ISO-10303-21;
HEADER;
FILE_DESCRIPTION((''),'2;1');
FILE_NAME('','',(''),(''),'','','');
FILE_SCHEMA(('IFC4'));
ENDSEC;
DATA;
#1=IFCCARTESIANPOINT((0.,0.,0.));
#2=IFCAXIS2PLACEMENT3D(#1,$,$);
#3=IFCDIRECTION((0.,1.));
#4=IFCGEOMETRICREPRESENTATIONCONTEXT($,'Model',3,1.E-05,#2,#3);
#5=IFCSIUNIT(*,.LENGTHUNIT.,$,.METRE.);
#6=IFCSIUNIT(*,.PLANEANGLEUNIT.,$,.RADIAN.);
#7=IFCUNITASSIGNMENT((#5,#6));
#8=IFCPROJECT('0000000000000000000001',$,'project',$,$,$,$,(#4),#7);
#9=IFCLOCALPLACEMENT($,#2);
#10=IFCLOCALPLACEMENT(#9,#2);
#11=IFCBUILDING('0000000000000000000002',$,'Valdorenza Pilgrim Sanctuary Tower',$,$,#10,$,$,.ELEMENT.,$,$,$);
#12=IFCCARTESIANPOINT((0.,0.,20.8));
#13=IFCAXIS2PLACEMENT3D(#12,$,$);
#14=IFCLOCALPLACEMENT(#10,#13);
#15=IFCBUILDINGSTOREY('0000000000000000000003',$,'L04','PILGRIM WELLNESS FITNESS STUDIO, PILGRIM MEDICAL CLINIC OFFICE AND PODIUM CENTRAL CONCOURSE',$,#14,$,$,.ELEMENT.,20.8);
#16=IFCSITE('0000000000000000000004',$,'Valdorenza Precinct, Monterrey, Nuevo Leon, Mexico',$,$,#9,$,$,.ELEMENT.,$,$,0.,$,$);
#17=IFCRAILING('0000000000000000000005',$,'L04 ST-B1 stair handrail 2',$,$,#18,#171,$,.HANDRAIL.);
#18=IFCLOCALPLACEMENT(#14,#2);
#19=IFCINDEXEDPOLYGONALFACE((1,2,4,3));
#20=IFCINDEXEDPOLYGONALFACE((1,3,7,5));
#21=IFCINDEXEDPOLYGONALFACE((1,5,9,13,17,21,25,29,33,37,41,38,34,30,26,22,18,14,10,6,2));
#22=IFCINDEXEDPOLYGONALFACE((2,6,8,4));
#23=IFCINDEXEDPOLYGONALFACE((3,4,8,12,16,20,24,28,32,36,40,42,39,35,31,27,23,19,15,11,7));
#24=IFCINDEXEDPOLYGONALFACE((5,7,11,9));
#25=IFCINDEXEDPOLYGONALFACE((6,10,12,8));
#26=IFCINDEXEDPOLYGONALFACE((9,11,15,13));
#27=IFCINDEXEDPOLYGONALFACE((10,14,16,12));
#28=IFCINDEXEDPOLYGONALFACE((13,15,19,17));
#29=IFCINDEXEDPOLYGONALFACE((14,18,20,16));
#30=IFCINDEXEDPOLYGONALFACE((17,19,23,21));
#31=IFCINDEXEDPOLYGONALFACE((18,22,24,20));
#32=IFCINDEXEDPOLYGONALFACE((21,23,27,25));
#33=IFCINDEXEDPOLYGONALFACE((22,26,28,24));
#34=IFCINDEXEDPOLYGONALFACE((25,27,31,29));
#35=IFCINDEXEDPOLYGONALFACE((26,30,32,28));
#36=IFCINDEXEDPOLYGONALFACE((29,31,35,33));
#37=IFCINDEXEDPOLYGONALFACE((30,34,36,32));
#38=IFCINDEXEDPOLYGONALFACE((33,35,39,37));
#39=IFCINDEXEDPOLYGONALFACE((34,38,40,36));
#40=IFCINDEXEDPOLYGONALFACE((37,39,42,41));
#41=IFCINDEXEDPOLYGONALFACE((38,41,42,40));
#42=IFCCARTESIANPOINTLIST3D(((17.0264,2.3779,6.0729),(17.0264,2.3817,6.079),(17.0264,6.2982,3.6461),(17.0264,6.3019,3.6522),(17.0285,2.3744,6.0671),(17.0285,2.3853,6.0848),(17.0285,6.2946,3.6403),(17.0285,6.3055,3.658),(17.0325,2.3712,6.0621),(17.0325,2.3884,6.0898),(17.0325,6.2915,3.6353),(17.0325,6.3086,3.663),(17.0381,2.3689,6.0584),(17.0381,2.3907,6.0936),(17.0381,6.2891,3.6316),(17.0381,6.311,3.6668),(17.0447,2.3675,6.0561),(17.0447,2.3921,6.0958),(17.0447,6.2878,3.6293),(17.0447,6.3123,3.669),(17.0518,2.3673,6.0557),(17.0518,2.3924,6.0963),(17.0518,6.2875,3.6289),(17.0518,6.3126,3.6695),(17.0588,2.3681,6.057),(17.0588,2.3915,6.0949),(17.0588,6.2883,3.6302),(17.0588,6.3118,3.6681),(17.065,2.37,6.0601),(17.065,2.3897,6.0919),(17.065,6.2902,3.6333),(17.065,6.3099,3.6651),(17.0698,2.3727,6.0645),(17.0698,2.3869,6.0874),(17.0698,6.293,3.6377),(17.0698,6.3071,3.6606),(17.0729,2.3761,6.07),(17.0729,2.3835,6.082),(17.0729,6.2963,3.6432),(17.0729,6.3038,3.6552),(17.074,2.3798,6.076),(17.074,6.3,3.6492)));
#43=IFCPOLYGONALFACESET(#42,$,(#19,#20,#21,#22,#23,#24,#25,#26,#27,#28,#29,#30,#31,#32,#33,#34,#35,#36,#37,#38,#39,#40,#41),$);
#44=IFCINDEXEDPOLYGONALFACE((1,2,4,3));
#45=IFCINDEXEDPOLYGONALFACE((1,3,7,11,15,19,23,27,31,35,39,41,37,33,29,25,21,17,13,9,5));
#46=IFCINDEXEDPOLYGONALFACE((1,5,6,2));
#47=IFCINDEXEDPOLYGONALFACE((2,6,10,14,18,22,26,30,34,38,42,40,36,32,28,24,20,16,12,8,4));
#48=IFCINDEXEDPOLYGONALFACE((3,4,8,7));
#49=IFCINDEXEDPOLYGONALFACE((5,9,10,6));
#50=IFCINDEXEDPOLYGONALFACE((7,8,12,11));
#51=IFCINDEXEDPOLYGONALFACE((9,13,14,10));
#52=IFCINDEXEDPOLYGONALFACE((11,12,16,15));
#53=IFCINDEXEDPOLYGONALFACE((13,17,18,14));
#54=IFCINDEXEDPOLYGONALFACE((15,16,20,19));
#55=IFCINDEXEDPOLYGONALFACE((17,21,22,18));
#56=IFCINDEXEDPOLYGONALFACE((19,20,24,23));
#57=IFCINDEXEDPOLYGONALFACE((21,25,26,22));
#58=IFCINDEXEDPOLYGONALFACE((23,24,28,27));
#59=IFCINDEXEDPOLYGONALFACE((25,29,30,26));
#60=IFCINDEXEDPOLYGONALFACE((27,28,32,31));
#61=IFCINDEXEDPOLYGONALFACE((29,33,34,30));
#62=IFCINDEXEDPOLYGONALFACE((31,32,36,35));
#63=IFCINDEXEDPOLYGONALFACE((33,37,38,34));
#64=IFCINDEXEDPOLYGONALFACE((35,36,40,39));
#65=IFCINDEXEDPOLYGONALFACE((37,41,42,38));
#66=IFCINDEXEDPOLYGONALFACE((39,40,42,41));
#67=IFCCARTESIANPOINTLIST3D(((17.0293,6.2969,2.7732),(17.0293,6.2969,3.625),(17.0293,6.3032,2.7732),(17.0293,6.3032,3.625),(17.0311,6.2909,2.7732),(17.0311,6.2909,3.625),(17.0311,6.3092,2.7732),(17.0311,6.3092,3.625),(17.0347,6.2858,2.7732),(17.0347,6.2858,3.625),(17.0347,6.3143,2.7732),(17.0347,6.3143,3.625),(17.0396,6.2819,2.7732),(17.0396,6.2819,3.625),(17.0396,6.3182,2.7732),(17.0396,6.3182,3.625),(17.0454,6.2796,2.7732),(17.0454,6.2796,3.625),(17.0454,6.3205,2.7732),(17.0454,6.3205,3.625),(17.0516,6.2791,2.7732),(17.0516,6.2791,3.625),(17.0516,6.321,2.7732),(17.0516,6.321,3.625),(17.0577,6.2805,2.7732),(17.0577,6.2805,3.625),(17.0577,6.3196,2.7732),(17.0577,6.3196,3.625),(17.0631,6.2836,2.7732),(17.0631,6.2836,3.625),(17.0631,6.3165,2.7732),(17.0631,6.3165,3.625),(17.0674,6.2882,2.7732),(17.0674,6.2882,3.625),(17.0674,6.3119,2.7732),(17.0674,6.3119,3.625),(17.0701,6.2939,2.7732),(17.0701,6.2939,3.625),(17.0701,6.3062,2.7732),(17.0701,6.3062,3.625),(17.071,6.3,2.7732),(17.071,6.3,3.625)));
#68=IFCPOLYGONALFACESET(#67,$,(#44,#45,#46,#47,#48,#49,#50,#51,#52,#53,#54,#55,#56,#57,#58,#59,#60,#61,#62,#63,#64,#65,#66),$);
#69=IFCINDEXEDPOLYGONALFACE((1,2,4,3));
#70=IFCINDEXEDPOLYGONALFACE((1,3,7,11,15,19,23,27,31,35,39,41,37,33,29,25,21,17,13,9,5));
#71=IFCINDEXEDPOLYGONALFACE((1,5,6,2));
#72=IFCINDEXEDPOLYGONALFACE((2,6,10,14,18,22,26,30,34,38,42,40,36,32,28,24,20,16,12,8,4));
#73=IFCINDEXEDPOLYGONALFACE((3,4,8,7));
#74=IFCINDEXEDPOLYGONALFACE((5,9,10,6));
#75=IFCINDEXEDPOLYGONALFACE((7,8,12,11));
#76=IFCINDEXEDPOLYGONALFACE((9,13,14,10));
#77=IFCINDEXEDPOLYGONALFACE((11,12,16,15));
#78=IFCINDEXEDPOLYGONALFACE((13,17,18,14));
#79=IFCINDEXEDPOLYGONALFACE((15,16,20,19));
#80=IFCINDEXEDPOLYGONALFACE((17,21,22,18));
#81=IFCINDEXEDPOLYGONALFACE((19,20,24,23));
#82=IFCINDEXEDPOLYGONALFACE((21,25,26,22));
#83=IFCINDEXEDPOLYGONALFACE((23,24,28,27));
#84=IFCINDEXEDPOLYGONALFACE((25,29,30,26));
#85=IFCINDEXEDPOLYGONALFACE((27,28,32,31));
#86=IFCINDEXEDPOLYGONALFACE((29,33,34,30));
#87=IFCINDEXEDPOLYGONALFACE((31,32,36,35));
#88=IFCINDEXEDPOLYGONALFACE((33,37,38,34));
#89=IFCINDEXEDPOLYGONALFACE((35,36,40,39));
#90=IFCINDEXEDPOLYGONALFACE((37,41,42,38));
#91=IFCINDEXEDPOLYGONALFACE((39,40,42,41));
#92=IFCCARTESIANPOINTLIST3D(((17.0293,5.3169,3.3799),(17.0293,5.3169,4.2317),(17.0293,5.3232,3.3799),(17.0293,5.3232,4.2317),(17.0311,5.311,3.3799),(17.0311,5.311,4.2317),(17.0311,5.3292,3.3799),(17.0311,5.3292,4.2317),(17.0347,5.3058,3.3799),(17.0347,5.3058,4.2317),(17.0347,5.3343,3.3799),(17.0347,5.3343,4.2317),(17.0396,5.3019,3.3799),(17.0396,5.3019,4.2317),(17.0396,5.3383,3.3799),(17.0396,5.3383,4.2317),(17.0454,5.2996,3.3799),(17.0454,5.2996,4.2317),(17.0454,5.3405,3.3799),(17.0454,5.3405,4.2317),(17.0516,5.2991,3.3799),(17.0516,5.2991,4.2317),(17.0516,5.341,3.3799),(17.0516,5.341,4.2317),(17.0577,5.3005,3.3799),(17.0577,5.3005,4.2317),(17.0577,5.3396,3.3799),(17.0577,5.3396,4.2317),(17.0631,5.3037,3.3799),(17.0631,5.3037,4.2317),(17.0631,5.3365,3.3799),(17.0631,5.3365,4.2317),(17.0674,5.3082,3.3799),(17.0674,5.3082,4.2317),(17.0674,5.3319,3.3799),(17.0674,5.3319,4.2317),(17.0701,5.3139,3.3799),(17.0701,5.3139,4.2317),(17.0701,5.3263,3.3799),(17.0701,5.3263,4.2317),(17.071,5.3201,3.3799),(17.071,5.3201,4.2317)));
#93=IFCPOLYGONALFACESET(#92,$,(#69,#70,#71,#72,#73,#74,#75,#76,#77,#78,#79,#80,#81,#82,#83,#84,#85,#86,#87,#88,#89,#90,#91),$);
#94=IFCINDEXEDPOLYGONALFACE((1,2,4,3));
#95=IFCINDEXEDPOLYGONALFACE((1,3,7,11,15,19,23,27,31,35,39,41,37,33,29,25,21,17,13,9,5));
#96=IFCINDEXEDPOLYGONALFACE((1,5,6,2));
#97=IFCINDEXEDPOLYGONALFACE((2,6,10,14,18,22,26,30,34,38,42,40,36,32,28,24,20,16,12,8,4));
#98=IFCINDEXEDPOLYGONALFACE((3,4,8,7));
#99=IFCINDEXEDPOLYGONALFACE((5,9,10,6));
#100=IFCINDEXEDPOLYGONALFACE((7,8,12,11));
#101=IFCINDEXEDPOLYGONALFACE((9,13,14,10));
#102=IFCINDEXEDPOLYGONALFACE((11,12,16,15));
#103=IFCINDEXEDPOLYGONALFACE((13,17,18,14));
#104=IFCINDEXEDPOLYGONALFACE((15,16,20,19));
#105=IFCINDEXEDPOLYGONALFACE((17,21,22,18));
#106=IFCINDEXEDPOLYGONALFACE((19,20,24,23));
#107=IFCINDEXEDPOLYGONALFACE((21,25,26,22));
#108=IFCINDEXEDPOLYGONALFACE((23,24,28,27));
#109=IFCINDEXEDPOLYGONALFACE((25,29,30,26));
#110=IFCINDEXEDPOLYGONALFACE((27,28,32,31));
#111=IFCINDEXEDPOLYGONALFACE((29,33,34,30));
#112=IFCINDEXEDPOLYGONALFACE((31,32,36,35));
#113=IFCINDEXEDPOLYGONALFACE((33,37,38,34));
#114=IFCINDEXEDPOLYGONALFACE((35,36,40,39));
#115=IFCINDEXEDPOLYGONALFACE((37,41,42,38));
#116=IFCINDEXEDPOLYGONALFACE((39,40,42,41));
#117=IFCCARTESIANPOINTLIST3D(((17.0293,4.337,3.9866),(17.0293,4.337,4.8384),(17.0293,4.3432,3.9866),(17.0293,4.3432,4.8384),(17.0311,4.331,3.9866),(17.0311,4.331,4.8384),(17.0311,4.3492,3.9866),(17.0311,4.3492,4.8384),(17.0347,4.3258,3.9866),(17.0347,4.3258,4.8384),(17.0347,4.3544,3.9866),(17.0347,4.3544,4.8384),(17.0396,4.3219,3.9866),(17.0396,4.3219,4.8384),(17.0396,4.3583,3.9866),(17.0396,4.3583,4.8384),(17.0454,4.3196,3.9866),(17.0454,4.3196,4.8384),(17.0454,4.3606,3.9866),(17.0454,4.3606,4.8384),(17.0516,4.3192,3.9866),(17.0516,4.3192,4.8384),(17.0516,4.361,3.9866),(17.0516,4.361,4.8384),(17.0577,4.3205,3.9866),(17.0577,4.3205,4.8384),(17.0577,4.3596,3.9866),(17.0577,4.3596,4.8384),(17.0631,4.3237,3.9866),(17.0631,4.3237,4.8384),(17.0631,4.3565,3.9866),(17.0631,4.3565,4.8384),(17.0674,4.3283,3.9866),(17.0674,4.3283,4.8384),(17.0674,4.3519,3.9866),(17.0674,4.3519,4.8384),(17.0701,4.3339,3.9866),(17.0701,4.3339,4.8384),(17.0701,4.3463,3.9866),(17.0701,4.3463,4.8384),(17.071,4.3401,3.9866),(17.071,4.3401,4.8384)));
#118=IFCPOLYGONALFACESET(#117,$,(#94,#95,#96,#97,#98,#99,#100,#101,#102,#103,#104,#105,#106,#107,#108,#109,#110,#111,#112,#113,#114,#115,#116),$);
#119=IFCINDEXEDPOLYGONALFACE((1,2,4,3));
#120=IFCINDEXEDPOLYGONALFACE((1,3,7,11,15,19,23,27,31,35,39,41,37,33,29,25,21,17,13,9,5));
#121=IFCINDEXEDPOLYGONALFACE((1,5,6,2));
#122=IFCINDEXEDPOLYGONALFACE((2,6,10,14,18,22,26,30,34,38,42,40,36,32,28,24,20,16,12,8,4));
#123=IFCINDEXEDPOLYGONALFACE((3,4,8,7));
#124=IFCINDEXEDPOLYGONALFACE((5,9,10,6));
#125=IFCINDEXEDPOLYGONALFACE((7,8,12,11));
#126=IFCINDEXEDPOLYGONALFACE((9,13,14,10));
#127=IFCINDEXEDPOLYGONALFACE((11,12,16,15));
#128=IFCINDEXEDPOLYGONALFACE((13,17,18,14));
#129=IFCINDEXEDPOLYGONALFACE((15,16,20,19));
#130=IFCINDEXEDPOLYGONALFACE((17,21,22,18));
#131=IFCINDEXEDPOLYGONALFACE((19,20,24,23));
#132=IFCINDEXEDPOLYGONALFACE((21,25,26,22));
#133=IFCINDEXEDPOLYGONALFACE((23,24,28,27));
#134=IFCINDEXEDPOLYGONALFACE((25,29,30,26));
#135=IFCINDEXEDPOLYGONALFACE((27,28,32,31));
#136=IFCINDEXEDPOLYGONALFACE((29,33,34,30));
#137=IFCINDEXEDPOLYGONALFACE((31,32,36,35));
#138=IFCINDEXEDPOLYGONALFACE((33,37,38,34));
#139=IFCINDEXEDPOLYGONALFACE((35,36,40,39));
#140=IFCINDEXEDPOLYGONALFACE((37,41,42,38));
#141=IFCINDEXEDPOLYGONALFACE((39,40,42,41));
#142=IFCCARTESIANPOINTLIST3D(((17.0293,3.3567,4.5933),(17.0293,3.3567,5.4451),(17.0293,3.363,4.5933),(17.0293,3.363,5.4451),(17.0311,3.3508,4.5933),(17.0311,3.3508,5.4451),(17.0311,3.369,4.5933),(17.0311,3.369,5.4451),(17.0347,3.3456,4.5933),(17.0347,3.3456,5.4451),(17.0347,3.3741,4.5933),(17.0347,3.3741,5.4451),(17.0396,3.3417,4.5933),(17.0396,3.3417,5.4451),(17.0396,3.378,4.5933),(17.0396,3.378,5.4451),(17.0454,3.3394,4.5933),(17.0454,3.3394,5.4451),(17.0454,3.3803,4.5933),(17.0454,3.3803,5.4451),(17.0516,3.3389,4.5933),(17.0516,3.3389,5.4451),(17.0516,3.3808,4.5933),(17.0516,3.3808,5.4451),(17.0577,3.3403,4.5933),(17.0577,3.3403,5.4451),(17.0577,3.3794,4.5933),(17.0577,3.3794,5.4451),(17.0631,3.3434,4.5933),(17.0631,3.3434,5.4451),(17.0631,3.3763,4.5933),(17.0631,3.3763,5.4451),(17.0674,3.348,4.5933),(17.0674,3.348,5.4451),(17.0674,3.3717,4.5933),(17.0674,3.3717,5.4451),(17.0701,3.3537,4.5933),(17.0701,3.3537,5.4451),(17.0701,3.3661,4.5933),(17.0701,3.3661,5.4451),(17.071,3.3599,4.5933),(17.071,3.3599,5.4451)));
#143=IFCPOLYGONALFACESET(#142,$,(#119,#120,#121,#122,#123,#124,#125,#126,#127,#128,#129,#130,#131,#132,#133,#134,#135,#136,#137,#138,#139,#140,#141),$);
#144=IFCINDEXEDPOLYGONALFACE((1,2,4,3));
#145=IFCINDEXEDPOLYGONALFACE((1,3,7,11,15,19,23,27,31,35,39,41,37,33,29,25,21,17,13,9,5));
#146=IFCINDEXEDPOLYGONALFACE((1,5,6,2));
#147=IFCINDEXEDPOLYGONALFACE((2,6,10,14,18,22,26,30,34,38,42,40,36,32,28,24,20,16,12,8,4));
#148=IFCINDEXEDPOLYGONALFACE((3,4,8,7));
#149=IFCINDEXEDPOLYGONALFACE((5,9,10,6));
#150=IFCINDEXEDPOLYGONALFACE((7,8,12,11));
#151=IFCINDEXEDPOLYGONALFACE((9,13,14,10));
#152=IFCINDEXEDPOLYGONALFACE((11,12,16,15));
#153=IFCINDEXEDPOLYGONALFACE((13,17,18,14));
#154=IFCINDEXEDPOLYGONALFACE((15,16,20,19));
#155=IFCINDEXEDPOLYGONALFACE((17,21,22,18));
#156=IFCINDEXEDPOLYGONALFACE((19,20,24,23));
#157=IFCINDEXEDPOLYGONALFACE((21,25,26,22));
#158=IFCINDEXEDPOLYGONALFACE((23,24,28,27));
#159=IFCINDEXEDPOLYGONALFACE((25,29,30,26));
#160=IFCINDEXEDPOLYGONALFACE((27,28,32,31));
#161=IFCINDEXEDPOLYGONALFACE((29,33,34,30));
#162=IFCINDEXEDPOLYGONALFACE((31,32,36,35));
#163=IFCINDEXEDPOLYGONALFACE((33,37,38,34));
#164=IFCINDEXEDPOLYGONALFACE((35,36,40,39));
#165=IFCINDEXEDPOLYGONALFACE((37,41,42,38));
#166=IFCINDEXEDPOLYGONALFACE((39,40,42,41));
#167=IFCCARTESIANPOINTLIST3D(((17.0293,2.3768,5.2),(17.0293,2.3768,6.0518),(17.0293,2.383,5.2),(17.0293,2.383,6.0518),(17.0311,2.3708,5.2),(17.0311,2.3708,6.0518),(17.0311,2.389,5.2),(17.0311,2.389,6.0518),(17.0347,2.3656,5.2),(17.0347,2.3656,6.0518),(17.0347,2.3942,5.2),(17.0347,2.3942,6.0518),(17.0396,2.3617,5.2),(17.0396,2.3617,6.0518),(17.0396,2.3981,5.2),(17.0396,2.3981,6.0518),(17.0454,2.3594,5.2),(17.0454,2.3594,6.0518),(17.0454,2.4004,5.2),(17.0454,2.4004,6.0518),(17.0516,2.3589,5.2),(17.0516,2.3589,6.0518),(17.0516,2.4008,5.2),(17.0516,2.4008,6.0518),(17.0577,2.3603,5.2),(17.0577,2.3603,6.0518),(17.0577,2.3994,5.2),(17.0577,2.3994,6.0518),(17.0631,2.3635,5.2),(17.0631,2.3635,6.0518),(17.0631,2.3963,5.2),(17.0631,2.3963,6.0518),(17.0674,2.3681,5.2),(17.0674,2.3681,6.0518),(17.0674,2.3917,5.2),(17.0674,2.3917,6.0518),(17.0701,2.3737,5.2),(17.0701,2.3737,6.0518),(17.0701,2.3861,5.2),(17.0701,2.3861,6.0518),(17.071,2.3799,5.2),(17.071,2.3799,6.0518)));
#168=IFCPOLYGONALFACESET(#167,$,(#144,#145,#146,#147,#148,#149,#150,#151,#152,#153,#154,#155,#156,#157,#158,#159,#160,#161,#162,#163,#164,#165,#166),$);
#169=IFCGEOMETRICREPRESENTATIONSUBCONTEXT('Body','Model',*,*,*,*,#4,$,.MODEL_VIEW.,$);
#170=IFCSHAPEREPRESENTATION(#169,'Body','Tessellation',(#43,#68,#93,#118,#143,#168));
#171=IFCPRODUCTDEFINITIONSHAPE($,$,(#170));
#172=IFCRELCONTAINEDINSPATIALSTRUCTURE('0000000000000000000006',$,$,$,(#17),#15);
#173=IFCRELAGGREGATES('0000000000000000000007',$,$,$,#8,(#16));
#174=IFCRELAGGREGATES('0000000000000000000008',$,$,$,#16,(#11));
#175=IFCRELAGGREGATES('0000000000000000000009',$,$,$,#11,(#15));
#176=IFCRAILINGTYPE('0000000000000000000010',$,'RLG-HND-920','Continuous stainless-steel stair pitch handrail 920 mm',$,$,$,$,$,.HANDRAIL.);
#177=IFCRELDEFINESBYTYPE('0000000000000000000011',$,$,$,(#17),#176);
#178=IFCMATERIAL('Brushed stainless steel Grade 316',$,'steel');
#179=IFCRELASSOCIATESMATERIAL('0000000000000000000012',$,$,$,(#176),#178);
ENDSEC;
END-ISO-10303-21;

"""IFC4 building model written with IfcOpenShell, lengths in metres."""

from ifc_helpers import new_model, si_unit, direction, frame, origin, origin_2d, place, context, subcontext, project, spatial, circle, extrude, material, type_object, element, save


model = new_model("IFC4")

# Units and contexts
model_context = context("Model", 3, precision=1e-05, world=origin(), true_north=direction((0.0, 1.0)))
body_context = subcontext(model_context, "Body", "Model", "MODEL_VIEW")
ifc_project = project(units=[si_unit("LENGTHUNIT", "METRE"), si_unit("PLANEANGLEUNIT", "RADIAN")], contexts=[model_context])

# Site, building, storey
site_placement = place(None, origin())
site = spatial("IfcSite", under=ifc_project, at=site_placement, Name="Valdorenza Precinct, Monterrey, Nuevo Leon, Mexico", CompositionType="ELEMENT", RefElevation=0.0)
building_placement = place(site_placement, origin())
building = spatial("IfcBuilding", under=site, at=building_placement, Name="Valdorenza Pilgrim Sanctuary Tower", CompositionType="ELEMENT")
storey_placement = place(building_placement, frame((0.0, 0.0, 20.8)))
storey = spatial("IfcBuildingStorey", under=building, at=storey_placement, Name="L04", Description="PILGRIM WELLNESS FITNESS STUDIO, PILGRIM MEDICAL CLINIC OFFICE AND PODIUM CENTRAL CONCOURSE", CompositionType="ELEMENT", Elevation=20.8)

# Railing
ifc_material_1 = material(Name="Brushed stainless steel Grade 316", Category="steel")
railing_type_1 = type_object("IfcRailingType", Name="RLG-HND-920", Description="Continuous stainless-steel stair pitch handrail 920 mm", PredefinedType="HANDRAIL", material=ifc_material_1)
railing_1_placement = place(storey_placement, frame((17.05, 6.3, 2.7732)))
element("IfcRailing", 1, at=railing_1_placement, inside=storey, type_object=railing_type_1, Name="L04 ST-B1 stair handrail 2", PredefinedType="HANDRAIL", context=body_context, shape_type="SweptSolid", body=[
    extrude(circle(Radius=0.0239, at=origin_2d()), frame((0.0, 0.0, 0.876), z_axis=(0.0, -0.850266, 0.526353), x_axis=(1.0, 0.0, 0.0)), (0.0, 0.0, 1.0), 4.6106),
    extrude(circle(Radius=0.021, at=origin_2d()), origin(), (0.0, 0.0, 1.0), 0.8518),
    extrude(circle(Radius=0.021, at=origin_2d()), frame((0.0, -0.98, 0.6067)), (0.0, 0.0, 1.0), 0.8518),
    extrude(circle(Radius=0.021, at=origin_2d()), frame((0.0, -1.96, 1.2134)), (0.0, 0.0, 1.0), 0.8518),
    extrude(circle(Radius=0.021, at=origin_2d()), frame((0.0, -2.9402, 1.8201)), (0.0, 0.0, 1.0), 0.8518),
    extrude(circle(Radius=0.021, at=origin_2d()), frame((0.0, -3.9202, 2.4268)), (0.0, 0.0, 1.0), 0.8518),
])

save(model, "model.ifc")
